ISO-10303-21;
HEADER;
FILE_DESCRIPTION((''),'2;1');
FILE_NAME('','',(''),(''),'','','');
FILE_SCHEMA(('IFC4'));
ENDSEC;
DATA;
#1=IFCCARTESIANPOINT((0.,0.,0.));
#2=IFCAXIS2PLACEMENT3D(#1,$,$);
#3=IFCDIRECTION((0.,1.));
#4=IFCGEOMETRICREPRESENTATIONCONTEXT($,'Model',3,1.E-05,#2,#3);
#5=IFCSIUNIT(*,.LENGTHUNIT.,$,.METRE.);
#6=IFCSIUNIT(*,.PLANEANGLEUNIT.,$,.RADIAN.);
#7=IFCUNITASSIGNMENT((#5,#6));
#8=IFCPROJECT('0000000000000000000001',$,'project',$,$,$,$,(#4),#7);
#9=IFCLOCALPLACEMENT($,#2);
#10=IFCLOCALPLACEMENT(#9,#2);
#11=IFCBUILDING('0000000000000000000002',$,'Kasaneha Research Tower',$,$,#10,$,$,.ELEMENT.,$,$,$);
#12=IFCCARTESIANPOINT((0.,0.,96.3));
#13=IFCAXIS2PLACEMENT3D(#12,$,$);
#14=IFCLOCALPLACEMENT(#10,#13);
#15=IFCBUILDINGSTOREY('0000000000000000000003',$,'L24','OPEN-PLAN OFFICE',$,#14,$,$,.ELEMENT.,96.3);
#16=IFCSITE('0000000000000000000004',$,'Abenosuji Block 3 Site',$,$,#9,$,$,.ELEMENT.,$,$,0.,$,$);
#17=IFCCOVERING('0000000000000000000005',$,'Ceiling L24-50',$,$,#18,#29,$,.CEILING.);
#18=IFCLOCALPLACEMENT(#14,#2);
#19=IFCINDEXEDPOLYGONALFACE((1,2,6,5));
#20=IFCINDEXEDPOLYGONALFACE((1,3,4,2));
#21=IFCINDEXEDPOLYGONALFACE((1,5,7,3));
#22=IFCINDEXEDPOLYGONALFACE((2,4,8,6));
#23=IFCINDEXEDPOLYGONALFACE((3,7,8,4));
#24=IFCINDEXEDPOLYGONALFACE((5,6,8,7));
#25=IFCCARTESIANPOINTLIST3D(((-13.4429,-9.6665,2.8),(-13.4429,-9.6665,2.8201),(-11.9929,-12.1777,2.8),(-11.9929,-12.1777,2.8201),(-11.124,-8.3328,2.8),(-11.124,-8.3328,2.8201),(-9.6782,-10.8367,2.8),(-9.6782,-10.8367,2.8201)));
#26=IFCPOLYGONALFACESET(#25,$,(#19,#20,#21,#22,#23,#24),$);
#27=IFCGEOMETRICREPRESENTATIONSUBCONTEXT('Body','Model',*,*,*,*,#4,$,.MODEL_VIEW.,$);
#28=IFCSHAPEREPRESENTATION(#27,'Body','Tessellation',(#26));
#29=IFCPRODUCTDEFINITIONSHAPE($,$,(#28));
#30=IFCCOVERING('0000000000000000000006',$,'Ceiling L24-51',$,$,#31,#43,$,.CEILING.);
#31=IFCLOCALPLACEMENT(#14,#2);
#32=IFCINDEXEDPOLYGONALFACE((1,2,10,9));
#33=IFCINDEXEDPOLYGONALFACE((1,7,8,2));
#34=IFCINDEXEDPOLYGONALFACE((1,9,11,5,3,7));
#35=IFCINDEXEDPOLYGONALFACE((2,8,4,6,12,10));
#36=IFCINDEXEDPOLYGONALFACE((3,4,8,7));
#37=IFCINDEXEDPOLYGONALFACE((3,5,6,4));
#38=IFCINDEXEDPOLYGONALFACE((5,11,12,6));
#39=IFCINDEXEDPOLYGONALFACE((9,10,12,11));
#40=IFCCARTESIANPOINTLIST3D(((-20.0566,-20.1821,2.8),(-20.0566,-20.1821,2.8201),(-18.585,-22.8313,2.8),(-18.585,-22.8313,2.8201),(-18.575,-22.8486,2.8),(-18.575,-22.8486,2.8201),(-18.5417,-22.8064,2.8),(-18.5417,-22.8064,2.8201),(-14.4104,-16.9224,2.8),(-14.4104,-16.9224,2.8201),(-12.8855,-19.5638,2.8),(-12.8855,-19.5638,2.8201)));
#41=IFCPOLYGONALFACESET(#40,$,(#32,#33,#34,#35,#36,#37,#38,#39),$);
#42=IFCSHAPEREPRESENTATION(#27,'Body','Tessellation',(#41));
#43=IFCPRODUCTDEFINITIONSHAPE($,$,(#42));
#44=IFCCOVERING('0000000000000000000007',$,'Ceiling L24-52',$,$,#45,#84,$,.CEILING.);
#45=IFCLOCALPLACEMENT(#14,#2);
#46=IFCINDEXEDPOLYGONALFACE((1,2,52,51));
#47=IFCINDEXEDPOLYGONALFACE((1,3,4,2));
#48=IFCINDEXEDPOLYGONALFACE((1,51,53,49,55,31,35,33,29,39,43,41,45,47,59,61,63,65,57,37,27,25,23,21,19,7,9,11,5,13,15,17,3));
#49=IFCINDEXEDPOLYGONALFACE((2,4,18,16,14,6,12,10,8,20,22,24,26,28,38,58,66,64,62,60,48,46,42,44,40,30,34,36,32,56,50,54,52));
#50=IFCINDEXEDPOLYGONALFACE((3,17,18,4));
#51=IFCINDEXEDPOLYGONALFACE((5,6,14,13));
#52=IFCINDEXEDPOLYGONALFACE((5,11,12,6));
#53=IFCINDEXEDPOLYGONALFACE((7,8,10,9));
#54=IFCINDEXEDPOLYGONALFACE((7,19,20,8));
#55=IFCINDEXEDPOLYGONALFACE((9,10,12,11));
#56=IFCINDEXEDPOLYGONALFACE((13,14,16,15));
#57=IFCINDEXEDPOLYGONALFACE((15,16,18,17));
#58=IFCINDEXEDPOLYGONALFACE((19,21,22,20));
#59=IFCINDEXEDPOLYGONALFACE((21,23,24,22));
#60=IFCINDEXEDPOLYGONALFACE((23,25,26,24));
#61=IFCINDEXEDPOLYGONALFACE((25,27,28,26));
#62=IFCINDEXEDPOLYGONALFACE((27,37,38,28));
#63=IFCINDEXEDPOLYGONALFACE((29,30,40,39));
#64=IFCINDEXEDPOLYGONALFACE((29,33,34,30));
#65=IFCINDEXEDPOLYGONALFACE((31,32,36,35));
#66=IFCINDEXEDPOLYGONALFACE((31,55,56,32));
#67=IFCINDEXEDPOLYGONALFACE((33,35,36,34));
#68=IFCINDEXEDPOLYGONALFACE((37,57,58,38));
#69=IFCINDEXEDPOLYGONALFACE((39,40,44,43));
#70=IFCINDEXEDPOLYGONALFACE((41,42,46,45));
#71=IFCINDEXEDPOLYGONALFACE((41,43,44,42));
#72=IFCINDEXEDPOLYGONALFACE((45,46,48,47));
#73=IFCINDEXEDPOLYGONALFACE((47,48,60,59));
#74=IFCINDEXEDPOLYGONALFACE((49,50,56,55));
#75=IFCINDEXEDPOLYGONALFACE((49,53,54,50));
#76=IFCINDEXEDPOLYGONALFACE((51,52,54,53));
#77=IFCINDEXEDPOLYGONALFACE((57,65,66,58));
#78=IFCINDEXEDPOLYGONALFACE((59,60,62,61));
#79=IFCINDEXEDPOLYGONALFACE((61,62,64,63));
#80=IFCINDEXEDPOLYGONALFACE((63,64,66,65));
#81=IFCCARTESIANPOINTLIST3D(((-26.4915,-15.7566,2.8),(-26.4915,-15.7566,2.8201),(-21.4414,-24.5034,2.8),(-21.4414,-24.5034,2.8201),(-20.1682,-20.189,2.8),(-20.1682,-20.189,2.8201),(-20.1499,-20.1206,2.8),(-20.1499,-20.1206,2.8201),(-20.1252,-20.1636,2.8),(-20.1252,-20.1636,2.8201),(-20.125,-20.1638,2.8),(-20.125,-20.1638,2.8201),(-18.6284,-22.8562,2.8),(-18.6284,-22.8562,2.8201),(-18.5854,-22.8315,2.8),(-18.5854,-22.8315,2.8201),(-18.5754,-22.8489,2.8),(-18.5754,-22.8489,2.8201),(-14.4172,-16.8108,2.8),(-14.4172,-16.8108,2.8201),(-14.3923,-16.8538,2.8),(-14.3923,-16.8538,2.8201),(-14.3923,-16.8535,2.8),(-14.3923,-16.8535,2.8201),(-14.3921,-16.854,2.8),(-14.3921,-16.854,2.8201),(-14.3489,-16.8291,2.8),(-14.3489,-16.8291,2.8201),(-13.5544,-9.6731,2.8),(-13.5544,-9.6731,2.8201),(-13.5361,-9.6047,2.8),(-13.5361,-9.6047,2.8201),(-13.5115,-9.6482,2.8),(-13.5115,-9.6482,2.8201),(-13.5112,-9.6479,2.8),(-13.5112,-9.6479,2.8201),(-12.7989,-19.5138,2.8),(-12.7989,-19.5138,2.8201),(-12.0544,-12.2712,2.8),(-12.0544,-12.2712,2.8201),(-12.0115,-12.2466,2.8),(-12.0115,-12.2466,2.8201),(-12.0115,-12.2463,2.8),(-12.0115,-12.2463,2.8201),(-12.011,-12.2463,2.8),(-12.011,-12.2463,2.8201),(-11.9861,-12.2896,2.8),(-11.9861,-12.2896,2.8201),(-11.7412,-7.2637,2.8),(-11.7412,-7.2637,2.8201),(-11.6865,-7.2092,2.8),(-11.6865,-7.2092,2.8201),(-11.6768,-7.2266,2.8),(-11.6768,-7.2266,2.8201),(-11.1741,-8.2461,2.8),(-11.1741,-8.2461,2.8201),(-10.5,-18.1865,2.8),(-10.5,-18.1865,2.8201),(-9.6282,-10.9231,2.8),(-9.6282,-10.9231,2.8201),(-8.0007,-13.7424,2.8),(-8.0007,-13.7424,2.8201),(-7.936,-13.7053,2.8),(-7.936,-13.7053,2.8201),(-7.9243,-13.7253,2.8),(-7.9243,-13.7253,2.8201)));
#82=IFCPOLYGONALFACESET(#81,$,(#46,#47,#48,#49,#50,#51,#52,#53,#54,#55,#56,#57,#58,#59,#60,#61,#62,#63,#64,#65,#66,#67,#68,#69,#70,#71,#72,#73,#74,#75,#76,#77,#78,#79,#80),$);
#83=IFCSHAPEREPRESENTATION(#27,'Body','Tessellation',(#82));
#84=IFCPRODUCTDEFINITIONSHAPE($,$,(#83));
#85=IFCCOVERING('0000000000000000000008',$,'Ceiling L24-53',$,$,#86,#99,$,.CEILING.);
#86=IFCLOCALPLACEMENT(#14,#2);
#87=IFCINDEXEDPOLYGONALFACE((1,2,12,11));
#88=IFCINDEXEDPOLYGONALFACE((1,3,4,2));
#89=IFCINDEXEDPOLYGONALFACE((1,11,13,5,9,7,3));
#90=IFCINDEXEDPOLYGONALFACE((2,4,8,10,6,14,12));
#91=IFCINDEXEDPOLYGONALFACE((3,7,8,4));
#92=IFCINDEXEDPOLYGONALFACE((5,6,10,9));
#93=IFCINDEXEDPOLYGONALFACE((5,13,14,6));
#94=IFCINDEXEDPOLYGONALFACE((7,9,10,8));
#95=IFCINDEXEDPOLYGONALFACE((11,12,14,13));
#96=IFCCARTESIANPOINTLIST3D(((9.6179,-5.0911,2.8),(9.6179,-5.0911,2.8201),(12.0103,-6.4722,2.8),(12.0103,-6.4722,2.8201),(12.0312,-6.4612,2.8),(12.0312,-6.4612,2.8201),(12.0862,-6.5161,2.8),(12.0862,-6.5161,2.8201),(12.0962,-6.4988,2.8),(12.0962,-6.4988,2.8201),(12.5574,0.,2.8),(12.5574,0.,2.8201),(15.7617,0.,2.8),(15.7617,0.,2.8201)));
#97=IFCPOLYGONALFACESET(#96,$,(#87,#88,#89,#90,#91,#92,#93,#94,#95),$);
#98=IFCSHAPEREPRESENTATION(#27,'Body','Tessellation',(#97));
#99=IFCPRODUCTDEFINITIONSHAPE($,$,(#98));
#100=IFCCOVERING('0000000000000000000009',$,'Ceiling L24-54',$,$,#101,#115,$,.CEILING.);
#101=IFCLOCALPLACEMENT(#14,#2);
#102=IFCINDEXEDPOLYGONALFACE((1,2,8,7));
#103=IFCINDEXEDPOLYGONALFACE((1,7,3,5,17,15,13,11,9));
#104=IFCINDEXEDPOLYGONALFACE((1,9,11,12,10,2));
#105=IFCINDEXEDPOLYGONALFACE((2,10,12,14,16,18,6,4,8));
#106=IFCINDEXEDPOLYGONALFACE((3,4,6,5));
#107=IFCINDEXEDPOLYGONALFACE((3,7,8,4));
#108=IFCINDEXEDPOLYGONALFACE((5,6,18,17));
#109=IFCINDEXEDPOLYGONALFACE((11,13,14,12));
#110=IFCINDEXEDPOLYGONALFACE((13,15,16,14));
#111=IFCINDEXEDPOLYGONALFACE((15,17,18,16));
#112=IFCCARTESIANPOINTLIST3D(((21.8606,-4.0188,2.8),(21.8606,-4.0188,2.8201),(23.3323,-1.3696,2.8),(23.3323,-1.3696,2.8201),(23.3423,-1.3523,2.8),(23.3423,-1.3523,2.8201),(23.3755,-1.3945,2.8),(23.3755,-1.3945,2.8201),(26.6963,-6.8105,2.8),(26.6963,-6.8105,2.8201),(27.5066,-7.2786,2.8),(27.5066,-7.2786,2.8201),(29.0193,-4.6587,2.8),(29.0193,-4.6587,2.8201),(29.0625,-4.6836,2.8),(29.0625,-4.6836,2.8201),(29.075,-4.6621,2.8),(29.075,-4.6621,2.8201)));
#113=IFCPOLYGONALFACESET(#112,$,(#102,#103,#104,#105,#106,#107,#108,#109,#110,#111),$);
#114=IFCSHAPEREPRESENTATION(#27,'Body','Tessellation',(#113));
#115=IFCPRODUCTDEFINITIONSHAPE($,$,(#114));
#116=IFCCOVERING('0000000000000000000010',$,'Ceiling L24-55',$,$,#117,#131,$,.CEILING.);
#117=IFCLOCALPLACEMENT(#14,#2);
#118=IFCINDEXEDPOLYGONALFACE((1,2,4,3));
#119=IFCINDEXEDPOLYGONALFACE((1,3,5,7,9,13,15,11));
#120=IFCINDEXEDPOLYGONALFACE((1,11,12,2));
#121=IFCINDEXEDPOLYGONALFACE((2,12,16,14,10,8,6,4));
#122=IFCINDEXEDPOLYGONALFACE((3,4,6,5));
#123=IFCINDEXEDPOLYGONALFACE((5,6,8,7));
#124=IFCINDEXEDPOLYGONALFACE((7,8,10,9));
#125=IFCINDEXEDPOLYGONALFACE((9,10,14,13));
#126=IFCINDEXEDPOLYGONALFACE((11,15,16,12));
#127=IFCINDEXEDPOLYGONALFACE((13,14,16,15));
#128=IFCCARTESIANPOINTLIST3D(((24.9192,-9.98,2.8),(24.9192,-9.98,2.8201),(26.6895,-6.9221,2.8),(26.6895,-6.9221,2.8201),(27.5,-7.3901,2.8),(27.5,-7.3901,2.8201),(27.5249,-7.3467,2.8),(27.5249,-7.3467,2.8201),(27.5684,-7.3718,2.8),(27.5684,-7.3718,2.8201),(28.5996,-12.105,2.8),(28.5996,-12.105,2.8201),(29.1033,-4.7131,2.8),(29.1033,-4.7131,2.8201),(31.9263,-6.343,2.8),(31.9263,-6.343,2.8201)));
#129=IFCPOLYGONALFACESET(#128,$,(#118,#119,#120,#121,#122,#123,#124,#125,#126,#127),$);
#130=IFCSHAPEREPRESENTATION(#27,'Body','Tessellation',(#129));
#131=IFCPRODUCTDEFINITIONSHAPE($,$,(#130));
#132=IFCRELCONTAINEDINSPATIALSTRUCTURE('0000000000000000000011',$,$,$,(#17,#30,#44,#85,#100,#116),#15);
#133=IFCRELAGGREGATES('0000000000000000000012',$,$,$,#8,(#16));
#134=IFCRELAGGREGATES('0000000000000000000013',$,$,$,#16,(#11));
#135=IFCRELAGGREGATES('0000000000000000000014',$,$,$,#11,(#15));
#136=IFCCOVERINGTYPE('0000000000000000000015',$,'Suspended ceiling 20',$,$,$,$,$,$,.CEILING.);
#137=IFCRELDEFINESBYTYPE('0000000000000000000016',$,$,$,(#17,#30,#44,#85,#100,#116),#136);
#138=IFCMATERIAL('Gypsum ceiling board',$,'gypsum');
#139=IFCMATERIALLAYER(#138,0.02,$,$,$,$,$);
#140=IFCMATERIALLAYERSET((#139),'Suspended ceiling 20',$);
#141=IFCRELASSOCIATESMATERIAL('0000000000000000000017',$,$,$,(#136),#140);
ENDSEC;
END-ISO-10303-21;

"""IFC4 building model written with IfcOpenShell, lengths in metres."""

from ifc_helpers import new_model, si_unit, direction, frame, origin, place, context, subcontext, project, spatial, polyline, outline, extrude, material, layer, layer_set, type_object, element, save


model = new_model("IFC4")

# Units and contexts
model_context = context("Model", 3, precision=1e-05, world=origin(), true_north=direction((0.0, 1.0)))
body_context = subcontext(model_context, "Body", "Model", "MODEL_VIEW")
ifc_project = project(units=[si_unit("LENGTHUNIT", "METRE"), si_unit("PLANEANGLEUNIT", "RADIAN")], contexts=[model_context])

# Site, building, storey
site_placement = place(None, origin())
site = spatial("IfcSite", under=ifc_project, at=site_placement, Name="Abenosuji Block 3 Site", CompositionType="ELEMENT", RefElevation=0.0)
building_placement = place(site_placement, origin())
building = spatial("IfcBuilding", under=site, at=building_placement, Name="Kasaneha Research Tower", CompositionType="ELEMENT")
storey_placement = place(building_placement, frame((0.0, 0.0, 96.3)))
storey = spatial("IfcBuildingStorey", under=building, at=storey_placement, Name="L24", Description="OPEN-PLAN OFFICE", CompositionType="ELEMENT", Elevation=96.3)

# Coverings
ifc_material_1 = material(Name="Gypsum ceiling board", Category="gypsum")
ifc_layer_1 = layer(ifc_material_1, 0.02)
ifc_layer_set_1 = layer_set([ifc_layer_1], Name="Suspended ceiling 20")
covering_type = type_object("IfcCoveringType", Name="Suspended ceiling 20", PredefinedType="CEILING", material=ifc_layer_set_1)
covering_1_placement = place(storey_placement, frame((0.0, 0.0, 2.8)))
element("IfcCovering", 1, at=covering_1_placement, inside=storey, type_object=covering_type, Name="Ceiling L24-50", PredefinedType="CEILING", context=body_context, shape_type="SweptSolid", body=[
    extrude(outline(polyline([(-9.6782, -10.8367), (-11.9929, -12.1777), (-13.4429, -9.6665), (-11.124, -8.3328), (-9.6782, -10.8367)])), origin(), (0.0, 0.0, 1.0), 0.02),
])
covering_2_placement = place(storey_placement, frame((0.0, 0.0, 2.8)))
element("IfcCovering", 2, at=covering_2_placement, inside=storey, type_object=covering_type, Name="Ceiling L24-51", PredefinedType="CEILING", context=body_context, shape_type="SweptSolid", body=[
    extrude(outline(polyline([(-18.575, -22.8486), (-18.585, -22.8313), (-18.5417, -22.8064), (-20.0566, -20.1821), (-14.4104, -16.9224), (-12.8855, -19.5637), (-12.8423, -19.5388), (-12.8423, -19.5388), (-18.575, -22.8486)])), origin(), (0.0, 0.0, 1.0), 0.02),
])
covering_3_placement = place(storey_placement, frame((0.0, 0.0, 2.8)))
element("IfcCovering", 3, at=covering_3_placement, inside=storey, type_object=covering_type, Name="Ceiling L24-52", PredefinedType="CEILING", context=body_context, shape_type="SweptSolid", body=[
    extrude(outline(polyline([(-13.5115, -9.6482), (-13.5115, -9.6482), (-13.5544, -9.6731), (-12.0544, -12.2712), (-12.0115, -12.2463), (-12.0115, -12.2466), (-12.011, -12.2463), (-11.9861, -12.2896), (-9.6282, -10.9231), (-8.0007, -13.7424), (-7.936, -13.7053), (-7.9243, -13.7253), (-10.5, -18.1865), (-12.8418, -19.5386), (-12.8418, -19.5386), (-12.7988, -19.5139), (-14.3489, -16.8291), (-14.3921, -16.854), (-14.3923, -16.8535), (-14.3923, -16.8538), (-14.4172, -16.8108), (-20.1499, -20.1206), (-20.1252, -20.1636), (-20.1252, -20.1636), (-20.125, -20.1638), (-20.1682, -20.189), (-18.6284, -22.8562), (-18.5854, -22.8315), (-18.5754, -22.8489), (-21.4414, -24.5034), (-26.4915, -15.7566), (-11.6865, -7.2092), (-11.6768, -7.2266), (-11.7412, -7.2637), (-11.1741, -8.2461), (-13.5361, -9.6047), (-13.5112, -9.6479), (-13.5115, -9.6482)])), origin(), (0.0, 0.0, 1.0), 0.02),
])
covering_4_placement = place(storey_placement, frame((0.0, 0.0, 2.8)))
element("IfcCovering", 4, at=covering_4_placement, inside=storey, type_object=covering_type, Name="Ceiling L24-53", PredefinedType="CEILING", context=body_context, shape_type="SweptSolid", body=[
    extrude(outline(polyline([(9.6179, -5.0911), (12.5574, 0.0), (15.7617, 0.0), (12.0312, -6.4612), (12.0962, -6.4988), (12.0862, -6.5161), (12.0103, -6.4722), (9.6179, -5.0911)])), origin(), (0.0, 0.0, 1.0), 0.02),
])
covering_5_placement = place(storey_placement, frame((0.0, 0.0, 2.8)))
element("IfcCovering", 5, at=covering_5_placement, inside=storey, type_object=covering_type, Name="Ceiling L24-54", PredefinedType="CEILING", context=body_context, shape_type="SweptSolid", body=[
    extrude(outline(polyline([(29.075, -4.6621), (29.0625, -4.6836), (29.0193, -4.6587), (27.5066, -7.2786), (26.6963, -6.8105), (26.6963, -6.8105), (21.8606, -4.0188), (23.3755, -1.3945), (23.3323, -1.3696), (23.3423, -1.3523), (29.075, -4.6621)])), origin(), (0.0, 0.0, 1.0), 0.02),
])
covering_6_placement = place(storey_placement, frame((0.0, 0.0, 2.8)))
element("IfcCovering", 6, at=covering_6_placement, inside=storey, type_object=covering_type, Name="Ceiling L24-55", PredefinedType="CEILING", context=body_context, shape_type="SweptSolid", body=[
    extrude(outline(polyline([(31.9263, -6.343), (28.5996, -12.105), (24.9192, -9.98), (26.6895, -6.9221), (27.5, -7.3901), (27.5249, -7.3467), (27.5684, -7.3718), (29.1033, -4.7131), (31.9263, -6.343)])), origin(), (0.0, 0.0, 1.0), 0.02),
])

save(model, "model.ifc")
